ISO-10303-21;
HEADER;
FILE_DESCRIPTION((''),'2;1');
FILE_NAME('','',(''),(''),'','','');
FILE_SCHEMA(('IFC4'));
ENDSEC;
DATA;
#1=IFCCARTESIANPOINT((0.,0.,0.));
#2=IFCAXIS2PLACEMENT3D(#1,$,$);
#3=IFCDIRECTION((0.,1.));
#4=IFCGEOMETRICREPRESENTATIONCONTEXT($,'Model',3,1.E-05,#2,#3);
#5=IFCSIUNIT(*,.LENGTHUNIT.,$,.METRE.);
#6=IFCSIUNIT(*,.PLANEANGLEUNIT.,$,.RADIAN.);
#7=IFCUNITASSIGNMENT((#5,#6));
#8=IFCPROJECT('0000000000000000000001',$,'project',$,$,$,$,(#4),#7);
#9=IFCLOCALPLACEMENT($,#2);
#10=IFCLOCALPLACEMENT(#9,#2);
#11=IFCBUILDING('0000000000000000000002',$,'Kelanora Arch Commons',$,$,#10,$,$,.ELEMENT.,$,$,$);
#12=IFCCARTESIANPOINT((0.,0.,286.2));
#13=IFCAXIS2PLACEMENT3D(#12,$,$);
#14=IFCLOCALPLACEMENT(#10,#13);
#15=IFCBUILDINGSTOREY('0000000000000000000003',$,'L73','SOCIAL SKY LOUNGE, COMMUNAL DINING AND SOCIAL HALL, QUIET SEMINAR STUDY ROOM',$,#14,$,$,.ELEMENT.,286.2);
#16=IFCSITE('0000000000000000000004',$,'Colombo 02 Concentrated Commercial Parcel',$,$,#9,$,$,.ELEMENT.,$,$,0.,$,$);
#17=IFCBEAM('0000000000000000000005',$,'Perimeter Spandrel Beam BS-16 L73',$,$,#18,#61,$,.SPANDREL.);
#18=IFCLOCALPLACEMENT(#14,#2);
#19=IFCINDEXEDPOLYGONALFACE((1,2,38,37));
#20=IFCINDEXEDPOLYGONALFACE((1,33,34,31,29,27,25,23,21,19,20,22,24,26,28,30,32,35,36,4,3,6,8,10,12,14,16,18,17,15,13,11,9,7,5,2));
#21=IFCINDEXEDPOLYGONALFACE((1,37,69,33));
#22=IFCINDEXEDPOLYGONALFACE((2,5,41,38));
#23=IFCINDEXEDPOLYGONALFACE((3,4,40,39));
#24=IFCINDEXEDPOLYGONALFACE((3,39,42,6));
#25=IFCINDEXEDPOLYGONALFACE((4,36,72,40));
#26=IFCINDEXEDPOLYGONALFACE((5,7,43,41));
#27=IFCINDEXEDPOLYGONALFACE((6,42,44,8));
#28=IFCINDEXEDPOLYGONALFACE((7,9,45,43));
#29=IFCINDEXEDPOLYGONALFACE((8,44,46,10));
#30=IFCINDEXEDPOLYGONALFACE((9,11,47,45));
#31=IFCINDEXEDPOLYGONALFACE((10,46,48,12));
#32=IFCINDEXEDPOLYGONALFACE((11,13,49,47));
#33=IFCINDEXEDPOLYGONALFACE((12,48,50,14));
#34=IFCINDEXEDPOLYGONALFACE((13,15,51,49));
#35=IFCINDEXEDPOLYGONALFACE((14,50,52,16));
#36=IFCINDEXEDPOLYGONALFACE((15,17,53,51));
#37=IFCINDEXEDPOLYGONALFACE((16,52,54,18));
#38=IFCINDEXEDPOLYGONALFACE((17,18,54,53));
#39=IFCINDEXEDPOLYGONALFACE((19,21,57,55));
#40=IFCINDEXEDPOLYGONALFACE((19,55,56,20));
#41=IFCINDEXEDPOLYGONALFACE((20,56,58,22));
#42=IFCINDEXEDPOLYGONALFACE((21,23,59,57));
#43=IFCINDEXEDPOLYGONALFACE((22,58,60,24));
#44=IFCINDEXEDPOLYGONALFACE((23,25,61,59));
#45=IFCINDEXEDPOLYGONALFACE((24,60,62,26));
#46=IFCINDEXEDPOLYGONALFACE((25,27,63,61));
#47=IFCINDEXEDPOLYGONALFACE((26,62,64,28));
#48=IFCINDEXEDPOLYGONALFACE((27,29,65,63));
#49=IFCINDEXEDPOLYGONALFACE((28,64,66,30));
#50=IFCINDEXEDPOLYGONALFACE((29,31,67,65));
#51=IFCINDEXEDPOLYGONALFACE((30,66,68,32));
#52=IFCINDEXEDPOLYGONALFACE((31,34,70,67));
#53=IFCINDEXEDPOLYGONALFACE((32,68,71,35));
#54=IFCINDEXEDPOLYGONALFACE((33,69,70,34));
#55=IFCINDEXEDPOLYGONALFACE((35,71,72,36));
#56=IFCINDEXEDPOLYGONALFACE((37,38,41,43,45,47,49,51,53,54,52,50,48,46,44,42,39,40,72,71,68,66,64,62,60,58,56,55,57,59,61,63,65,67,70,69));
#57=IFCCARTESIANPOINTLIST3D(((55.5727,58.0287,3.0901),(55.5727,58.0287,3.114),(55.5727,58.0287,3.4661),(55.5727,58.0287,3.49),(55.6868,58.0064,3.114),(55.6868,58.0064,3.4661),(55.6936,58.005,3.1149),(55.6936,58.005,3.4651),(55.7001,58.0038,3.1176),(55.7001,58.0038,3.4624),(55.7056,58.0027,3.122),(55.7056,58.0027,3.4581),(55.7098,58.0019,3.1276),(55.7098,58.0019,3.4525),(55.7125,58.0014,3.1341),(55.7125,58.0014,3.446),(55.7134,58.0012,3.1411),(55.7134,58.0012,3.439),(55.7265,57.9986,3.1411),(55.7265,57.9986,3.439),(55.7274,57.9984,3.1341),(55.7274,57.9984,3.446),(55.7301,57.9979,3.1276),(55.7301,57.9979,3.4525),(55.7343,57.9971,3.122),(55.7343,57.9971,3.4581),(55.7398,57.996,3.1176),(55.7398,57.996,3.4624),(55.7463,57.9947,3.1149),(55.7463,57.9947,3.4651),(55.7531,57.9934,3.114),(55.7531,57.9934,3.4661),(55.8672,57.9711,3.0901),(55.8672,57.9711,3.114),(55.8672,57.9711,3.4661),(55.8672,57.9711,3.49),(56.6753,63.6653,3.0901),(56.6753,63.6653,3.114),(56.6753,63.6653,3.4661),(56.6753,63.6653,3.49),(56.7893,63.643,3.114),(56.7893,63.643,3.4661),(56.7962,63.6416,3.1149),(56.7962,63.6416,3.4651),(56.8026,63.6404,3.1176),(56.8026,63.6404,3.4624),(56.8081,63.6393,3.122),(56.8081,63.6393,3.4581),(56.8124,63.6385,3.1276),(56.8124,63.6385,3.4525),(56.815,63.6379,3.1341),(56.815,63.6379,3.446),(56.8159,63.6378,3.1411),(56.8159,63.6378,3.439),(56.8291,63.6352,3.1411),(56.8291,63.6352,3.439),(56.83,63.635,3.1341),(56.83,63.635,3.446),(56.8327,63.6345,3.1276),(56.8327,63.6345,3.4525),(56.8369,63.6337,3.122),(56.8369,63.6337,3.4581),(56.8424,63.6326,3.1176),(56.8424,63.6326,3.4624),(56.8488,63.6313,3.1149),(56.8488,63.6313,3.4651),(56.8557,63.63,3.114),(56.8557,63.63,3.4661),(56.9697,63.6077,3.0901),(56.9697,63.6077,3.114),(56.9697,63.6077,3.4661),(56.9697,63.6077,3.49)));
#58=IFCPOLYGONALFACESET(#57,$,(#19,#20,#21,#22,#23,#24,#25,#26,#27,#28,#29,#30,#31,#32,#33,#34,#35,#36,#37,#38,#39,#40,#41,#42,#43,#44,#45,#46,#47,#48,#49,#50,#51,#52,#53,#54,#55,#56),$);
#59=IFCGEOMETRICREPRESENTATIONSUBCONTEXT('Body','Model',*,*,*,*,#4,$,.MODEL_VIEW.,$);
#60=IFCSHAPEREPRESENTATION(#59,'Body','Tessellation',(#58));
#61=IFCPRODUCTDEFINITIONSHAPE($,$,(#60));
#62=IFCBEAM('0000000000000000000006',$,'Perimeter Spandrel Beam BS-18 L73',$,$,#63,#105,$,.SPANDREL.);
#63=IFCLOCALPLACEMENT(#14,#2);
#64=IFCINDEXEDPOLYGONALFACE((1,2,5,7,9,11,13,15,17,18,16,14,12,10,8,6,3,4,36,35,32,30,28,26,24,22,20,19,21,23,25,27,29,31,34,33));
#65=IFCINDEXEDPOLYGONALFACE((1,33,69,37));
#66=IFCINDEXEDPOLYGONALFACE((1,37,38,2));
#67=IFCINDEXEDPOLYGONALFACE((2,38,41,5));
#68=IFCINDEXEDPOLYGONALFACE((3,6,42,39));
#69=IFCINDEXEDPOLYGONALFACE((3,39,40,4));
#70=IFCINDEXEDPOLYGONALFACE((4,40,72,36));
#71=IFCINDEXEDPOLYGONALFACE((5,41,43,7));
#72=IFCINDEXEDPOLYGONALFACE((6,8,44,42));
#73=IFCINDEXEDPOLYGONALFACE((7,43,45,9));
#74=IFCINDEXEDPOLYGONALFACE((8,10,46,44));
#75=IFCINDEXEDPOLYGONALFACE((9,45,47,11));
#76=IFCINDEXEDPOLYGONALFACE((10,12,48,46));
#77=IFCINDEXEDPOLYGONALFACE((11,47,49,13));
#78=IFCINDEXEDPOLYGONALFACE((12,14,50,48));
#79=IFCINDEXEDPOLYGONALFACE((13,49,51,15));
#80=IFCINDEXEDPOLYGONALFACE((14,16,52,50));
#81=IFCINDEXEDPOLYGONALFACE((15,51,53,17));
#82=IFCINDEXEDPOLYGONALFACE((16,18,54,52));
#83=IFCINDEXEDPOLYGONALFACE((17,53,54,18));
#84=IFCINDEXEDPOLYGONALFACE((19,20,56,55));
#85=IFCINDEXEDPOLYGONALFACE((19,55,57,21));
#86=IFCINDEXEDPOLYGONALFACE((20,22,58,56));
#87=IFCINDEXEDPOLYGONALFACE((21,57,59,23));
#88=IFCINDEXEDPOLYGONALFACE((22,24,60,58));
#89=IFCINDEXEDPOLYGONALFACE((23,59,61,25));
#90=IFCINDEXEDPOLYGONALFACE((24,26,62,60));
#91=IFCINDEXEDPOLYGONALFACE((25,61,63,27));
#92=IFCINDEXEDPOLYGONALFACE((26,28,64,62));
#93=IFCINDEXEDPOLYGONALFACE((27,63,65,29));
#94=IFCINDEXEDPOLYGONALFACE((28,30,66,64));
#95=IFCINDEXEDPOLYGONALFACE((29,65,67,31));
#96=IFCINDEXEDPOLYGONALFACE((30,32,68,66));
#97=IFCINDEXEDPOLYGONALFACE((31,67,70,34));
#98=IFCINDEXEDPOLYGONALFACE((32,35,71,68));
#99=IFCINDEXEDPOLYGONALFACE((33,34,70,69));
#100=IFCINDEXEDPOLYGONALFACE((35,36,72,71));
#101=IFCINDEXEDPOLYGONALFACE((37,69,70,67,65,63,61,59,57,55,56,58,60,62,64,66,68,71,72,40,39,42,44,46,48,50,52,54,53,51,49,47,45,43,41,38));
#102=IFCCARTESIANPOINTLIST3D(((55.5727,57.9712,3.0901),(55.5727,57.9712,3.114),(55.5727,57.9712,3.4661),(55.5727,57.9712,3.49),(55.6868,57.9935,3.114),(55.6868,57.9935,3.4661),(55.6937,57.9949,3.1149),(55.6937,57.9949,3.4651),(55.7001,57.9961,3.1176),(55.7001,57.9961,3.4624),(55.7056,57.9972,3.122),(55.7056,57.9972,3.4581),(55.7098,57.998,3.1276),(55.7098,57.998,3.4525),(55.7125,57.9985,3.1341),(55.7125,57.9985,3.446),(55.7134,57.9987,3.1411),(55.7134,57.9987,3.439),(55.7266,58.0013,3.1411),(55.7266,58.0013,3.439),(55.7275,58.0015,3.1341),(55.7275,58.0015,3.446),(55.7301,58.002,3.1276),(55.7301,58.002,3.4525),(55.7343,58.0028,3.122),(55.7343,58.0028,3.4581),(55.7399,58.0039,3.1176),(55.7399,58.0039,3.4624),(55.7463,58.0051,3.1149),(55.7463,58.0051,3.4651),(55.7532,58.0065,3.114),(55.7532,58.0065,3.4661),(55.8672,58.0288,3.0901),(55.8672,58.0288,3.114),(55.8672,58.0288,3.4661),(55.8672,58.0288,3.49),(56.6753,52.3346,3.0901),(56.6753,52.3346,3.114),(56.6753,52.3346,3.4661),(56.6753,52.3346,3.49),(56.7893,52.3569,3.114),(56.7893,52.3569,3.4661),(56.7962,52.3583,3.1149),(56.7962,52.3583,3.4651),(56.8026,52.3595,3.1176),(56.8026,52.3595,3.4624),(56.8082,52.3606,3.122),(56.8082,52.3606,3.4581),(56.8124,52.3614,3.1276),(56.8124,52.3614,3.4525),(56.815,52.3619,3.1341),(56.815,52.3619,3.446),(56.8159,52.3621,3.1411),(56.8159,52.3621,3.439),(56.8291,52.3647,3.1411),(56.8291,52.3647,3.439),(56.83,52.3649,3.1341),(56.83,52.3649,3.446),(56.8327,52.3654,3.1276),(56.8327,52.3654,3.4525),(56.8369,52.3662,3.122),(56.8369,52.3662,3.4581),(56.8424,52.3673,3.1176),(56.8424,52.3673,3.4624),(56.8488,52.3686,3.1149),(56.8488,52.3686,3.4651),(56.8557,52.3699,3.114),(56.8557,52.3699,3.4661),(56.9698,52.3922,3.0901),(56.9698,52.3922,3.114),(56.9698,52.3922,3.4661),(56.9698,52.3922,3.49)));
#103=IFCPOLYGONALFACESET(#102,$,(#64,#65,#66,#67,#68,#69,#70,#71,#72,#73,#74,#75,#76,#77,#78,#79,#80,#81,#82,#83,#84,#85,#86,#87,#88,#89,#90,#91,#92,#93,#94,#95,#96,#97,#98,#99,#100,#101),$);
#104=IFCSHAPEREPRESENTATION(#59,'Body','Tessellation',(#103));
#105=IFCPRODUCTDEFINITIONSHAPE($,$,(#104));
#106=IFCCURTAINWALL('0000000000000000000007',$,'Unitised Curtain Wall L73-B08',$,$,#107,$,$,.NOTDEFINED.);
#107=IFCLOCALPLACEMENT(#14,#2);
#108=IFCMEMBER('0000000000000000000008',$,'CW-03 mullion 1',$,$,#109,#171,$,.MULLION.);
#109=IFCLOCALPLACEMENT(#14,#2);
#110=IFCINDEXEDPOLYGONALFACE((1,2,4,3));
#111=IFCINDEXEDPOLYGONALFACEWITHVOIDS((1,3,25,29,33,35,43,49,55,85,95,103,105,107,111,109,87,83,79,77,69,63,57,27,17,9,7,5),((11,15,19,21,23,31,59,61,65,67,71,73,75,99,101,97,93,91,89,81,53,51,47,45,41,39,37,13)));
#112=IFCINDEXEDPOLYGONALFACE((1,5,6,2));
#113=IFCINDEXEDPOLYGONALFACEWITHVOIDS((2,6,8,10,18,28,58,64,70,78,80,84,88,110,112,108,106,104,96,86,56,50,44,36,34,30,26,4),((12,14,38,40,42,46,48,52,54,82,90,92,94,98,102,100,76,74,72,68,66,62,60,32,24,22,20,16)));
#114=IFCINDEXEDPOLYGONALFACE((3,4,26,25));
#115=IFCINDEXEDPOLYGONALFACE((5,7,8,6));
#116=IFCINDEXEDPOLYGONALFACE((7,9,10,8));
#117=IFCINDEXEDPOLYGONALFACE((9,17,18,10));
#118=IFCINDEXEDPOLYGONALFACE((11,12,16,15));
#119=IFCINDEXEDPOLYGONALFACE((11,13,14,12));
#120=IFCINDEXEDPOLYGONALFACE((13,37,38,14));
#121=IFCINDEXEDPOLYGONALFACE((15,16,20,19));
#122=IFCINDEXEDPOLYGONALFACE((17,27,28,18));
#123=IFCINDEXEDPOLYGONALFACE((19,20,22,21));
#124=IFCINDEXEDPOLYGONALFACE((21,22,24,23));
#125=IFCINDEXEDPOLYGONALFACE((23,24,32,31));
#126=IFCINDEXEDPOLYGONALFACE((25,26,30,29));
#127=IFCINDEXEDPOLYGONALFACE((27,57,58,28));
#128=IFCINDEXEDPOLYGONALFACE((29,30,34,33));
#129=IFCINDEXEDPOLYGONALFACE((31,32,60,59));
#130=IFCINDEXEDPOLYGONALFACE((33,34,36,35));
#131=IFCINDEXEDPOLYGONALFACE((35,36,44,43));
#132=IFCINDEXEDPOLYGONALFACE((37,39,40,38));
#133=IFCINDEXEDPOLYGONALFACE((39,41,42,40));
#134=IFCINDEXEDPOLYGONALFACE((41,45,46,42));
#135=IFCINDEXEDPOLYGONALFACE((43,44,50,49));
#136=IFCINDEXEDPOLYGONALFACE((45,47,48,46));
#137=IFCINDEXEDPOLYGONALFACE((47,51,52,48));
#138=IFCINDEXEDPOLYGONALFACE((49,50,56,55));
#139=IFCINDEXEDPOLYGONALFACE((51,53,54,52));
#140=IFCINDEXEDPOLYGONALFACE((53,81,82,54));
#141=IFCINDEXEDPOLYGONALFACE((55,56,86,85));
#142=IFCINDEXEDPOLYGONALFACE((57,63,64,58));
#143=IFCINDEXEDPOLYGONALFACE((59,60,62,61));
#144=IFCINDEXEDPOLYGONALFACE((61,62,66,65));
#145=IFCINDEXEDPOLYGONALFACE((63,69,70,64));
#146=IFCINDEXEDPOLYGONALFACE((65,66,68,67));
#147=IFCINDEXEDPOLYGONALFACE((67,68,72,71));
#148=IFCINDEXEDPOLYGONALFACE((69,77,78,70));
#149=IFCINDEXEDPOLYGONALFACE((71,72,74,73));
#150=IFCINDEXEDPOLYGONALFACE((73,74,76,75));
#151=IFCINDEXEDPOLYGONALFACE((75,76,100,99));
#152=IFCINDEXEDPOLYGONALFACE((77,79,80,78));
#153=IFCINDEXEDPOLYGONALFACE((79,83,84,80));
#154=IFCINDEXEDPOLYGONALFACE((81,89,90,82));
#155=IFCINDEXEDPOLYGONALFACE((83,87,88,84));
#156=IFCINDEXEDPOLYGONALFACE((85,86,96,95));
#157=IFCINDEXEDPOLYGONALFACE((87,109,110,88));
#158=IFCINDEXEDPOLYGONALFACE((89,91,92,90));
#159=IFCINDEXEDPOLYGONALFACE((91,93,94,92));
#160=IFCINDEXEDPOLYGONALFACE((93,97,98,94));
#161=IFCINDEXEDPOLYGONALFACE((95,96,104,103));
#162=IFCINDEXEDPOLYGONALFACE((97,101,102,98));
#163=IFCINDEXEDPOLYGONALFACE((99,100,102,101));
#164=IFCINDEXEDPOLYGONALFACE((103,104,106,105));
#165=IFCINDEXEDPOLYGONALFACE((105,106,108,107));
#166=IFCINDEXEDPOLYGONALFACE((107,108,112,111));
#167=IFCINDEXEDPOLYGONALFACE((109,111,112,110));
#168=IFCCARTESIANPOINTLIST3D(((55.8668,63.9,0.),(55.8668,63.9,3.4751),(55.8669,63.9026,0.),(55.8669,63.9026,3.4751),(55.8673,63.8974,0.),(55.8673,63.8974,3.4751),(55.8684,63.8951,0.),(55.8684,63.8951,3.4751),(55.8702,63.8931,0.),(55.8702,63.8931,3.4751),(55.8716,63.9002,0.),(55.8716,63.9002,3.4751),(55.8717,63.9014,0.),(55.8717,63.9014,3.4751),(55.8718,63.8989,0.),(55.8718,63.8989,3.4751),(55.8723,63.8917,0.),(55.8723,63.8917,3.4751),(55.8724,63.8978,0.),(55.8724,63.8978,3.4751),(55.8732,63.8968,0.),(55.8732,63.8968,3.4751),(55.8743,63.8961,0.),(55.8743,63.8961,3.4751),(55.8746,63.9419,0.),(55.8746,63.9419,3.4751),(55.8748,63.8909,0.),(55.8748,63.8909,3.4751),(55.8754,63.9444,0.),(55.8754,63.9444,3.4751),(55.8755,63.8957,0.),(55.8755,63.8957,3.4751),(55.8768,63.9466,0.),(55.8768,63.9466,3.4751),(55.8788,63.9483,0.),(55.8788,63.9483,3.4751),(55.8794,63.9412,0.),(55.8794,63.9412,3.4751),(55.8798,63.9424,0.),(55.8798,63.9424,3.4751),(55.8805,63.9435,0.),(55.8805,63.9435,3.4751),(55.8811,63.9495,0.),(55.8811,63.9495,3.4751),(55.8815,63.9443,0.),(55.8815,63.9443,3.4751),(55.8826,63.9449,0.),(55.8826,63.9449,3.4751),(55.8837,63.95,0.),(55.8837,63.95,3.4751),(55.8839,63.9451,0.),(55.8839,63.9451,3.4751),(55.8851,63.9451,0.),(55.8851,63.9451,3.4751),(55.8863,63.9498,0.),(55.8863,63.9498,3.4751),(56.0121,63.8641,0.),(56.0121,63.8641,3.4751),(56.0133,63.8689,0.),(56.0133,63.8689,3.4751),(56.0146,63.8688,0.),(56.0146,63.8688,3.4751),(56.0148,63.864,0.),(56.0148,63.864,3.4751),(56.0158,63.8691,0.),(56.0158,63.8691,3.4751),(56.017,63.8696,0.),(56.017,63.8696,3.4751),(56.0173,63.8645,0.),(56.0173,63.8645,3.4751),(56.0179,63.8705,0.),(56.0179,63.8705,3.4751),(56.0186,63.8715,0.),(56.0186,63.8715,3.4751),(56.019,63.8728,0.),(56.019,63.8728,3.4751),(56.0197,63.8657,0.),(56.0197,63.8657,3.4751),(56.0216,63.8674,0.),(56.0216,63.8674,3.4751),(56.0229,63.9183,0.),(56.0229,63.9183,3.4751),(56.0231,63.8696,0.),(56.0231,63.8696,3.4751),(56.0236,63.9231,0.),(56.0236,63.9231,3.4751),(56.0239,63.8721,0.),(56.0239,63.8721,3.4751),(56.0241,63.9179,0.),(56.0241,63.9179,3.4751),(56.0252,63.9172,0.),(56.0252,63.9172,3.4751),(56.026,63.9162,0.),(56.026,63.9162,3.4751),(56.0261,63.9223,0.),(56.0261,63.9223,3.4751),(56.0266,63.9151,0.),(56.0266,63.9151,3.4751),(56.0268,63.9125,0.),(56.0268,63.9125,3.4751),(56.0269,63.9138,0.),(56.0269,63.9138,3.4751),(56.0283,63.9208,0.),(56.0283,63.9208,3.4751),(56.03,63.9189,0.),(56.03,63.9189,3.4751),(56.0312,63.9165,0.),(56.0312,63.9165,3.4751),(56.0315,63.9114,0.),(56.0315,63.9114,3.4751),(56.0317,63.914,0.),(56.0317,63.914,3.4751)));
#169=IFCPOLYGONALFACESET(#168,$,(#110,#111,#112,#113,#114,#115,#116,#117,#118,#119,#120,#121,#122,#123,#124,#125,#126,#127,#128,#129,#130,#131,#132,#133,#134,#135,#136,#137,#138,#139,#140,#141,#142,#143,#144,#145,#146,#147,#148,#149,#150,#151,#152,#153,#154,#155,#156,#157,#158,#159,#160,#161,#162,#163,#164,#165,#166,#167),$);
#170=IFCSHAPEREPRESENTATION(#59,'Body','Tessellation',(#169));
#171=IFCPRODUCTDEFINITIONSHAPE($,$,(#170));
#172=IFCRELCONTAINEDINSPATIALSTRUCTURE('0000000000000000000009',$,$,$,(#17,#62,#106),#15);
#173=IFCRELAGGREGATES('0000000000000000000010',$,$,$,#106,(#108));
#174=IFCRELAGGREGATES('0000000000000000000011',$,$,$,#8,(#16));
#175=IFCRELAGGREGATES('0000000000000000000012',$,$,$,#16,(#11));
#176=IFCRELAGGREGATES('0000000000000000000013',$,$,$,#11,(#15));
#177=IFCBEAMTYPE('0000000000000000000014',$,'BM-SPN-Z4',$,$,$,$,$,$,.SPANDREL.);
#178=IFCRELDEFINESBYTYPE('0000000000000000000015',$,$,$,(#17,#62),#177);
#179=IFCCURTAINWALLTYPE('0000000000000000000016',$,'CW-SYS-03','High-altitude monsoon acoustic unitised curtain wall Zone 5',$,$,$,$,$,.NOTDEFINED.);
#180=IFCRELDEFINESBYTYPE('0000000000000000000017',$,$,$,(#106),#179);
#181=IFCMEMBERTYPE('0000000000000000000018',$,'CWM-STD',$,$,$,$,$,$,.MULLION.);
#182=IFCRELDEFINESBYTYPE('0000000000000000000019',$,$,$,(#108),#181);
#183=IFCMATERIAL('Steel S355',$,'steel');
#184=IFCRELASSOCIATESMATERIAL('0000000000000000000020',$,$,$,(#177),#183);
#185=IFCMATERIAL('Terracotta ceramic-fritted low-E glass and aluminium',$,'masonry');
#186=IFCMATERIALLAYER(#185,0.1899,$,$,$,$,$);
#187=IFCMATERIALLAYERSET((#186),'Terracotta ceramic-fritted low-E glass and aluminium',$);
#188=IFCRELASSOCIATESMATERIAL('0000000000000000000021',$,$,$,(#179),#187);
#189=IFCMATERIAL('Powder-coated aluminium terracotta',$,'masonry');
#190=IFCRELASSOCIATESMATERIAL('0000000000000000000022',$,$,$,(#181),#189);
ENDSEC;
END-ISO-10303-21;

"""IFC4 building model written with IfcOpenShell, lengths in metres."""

from ifc_helpers import new_model, si_unit, direction, frame, origin, origin_2d, place, context, subcontext, project, spatial, hollow_rectangle, i_section, extrude, material, layer, layer_set, material_profile, profile_set, type_object, element, aggregate, save


model = new_model("IFC4")

# Units and contexts
model_context = context("Model", 3, precision=1e-05, world=origin(), true_north=direction((0.0, 1.0)))
body_context = subcontext(model_context, "Body", "Model", "MODEL_VIEW")
ifc_project = project(units=[si_unit("LENGTHUNIT", "METRE"), si_unit("PLANEANGLEUNIT", "RADIAN")], contexts=[model_context])

# Site, building, storey
site_placement = place(None, origin())
site = spatial("IfcSite", under=ifc_project, at=site_placement, Name="Colombo 02 Concentrated Commercial Parcel", CompositionType="ELEMENT", RefElevation=0.0)
building_placement = place(site_placement, origin())
building = spatial("IfcBuilding", under=site, at=building_placement, Name="Kelanora Arch Commons", CompositionType="ELEMENT")
storey_placement = place(building_placement, frame((0.0, 0.0, 286.2)))
storey = spatial("IfcBuildingStorey", under=building, at=storey_placement, Name="L73", Description="SOCIAL SKY LOUNGE, COMMUNAL DINING AND SOCIAL HALL, QUIET SEMINAR STUDY ROOM", CompositionType="ELEMENT", Elevation=286.2)

# Beams
ifc_material_1 = material(Name="Steel S355", Category="steel")
ifc_material_profile_1 = material_profile(ifc_material_1, i_section(OverallWidth=0.3, OverallDepth=0.3999, WebThickness=0.0134, FlangeThickness=0.0239, FilletRadius=0.0271, at=origin_2d()), Name="HEB400")
ifc_profile_set_1 = profile_set([ifc_material_profile_1], Name="Steel S355")
beam_type_1 = type_object("IfcBeamType", Name="BM-SPN-Z4", PredefinedType="SPANDREL", material=ifc_profile_set_1)
for number, where, z_axis, x_axis, name in (
    (1, (56.8225, 63.6365, 3.29), (-0.19197, -0.981401, 0.0), (0.981401, -0.19197, 0.0), "Perimeter Spandrel Beam BS-16 L73"),
    (2, (55.72, 58.0, 3.29), (0.19197, -0.981401, 0.0), (0.981401, 0.19197, 0.0), "Perimeter Spandrel Beam BS-18 L73"),
):
    element("IfcBeam", number, at=place(storey_placement, frame(where, z_axis=z_axis, x_axis=x_axis)), inside=storey, type_object=beam_type_1, Name=name, PredefinedType="SPANDREL", context=body_context, shape_type="SweptSolid", body=[
        extrude(i_section(OverallWidth=0.3, OverallDepth=0.3999, WebThickness=0.0134, FlangeThickness=0.0239, FilletRadius=0.0271, at=origin_2d()), origin(), (0.0, 0.0, 1.0), 5.7434),
    ])

# Curtain wall, member
ifc_material_2 = material(Name="Terracotta ceramic-fritted low-E glass and aluminium", Category="masonry")
ifc_layer_1 = layer(ifc_material_2, 0.1899)
ifc_layer_set_1 = layer_set([ifc_layer_1], Name="Terracotta ceramic-fritted low-E glass and aluminium")
curtain_wall_type = type_object("IfcCurtainWallType", Name="CW-SYS-03", Description="High-altitude monsoon acoustic unitised curtain wall Zone 5", PredefinedType="NOTDEFINED", material=ifc_layer_set_1)
curtain_wall_placement = place(storey_placement, origin())
curtain_wall = element("IfcCurtainWall", 3, at=curtain_wall_placement, inside=storey, type_object=curtain_wall_type, Name="Unitised Curtain Wall L73-B08", PredefinedType="NOTDEFINED")
ifc_material_3 = material(Name="Powder-coated aluminium terracotta", Category="masonry")
ifc_material_profile_2 = material_profile(ifc_material_3, hollow_rectangle(XDim=0.1599, YDim=0.0601, WallThickness=0.0049, InnerFilletRadius=0.0049, OuterFilletRadius=0.01, at=origin_2d()), Name="CWM160x60")
ifc_profile_set_2 = profile_set([ifc_material_profile_2], Name="Powder-coated aluminium terracotta")
member_type_1 = type_object("IfcMemberType", Name="CWM-STD", PredefinedType="MULLION", material=ifc_profile_set_2)
member_1_placement = place(storey_placement, frame((55.9492, 63.907, 0.0), z_axis=(0.0, 0.0, 1.0), x_axis=(0.981596, -0.190972, 0.0)))
member_1 = element("IfcMember", 4, at=member_1_placement, type_object=member_type_1, Name="CW-03 mullion 1", PredefinedType="MULLION", context=body_context, shape_type="SweptSolid", body=[
    extrude(hollow_rectangle(XDim=0.1599, YDim=0.0601, WallThickness=0.0049, InnerFilletRadius=0.0049, OuterFilletRadius=0.01, at=origin_2d()), origin(), (0.0, 0.0, 1.0), 3.4751),
])
aggregate(curtain_wall, [member_1])

save(model, "model.ifc")
